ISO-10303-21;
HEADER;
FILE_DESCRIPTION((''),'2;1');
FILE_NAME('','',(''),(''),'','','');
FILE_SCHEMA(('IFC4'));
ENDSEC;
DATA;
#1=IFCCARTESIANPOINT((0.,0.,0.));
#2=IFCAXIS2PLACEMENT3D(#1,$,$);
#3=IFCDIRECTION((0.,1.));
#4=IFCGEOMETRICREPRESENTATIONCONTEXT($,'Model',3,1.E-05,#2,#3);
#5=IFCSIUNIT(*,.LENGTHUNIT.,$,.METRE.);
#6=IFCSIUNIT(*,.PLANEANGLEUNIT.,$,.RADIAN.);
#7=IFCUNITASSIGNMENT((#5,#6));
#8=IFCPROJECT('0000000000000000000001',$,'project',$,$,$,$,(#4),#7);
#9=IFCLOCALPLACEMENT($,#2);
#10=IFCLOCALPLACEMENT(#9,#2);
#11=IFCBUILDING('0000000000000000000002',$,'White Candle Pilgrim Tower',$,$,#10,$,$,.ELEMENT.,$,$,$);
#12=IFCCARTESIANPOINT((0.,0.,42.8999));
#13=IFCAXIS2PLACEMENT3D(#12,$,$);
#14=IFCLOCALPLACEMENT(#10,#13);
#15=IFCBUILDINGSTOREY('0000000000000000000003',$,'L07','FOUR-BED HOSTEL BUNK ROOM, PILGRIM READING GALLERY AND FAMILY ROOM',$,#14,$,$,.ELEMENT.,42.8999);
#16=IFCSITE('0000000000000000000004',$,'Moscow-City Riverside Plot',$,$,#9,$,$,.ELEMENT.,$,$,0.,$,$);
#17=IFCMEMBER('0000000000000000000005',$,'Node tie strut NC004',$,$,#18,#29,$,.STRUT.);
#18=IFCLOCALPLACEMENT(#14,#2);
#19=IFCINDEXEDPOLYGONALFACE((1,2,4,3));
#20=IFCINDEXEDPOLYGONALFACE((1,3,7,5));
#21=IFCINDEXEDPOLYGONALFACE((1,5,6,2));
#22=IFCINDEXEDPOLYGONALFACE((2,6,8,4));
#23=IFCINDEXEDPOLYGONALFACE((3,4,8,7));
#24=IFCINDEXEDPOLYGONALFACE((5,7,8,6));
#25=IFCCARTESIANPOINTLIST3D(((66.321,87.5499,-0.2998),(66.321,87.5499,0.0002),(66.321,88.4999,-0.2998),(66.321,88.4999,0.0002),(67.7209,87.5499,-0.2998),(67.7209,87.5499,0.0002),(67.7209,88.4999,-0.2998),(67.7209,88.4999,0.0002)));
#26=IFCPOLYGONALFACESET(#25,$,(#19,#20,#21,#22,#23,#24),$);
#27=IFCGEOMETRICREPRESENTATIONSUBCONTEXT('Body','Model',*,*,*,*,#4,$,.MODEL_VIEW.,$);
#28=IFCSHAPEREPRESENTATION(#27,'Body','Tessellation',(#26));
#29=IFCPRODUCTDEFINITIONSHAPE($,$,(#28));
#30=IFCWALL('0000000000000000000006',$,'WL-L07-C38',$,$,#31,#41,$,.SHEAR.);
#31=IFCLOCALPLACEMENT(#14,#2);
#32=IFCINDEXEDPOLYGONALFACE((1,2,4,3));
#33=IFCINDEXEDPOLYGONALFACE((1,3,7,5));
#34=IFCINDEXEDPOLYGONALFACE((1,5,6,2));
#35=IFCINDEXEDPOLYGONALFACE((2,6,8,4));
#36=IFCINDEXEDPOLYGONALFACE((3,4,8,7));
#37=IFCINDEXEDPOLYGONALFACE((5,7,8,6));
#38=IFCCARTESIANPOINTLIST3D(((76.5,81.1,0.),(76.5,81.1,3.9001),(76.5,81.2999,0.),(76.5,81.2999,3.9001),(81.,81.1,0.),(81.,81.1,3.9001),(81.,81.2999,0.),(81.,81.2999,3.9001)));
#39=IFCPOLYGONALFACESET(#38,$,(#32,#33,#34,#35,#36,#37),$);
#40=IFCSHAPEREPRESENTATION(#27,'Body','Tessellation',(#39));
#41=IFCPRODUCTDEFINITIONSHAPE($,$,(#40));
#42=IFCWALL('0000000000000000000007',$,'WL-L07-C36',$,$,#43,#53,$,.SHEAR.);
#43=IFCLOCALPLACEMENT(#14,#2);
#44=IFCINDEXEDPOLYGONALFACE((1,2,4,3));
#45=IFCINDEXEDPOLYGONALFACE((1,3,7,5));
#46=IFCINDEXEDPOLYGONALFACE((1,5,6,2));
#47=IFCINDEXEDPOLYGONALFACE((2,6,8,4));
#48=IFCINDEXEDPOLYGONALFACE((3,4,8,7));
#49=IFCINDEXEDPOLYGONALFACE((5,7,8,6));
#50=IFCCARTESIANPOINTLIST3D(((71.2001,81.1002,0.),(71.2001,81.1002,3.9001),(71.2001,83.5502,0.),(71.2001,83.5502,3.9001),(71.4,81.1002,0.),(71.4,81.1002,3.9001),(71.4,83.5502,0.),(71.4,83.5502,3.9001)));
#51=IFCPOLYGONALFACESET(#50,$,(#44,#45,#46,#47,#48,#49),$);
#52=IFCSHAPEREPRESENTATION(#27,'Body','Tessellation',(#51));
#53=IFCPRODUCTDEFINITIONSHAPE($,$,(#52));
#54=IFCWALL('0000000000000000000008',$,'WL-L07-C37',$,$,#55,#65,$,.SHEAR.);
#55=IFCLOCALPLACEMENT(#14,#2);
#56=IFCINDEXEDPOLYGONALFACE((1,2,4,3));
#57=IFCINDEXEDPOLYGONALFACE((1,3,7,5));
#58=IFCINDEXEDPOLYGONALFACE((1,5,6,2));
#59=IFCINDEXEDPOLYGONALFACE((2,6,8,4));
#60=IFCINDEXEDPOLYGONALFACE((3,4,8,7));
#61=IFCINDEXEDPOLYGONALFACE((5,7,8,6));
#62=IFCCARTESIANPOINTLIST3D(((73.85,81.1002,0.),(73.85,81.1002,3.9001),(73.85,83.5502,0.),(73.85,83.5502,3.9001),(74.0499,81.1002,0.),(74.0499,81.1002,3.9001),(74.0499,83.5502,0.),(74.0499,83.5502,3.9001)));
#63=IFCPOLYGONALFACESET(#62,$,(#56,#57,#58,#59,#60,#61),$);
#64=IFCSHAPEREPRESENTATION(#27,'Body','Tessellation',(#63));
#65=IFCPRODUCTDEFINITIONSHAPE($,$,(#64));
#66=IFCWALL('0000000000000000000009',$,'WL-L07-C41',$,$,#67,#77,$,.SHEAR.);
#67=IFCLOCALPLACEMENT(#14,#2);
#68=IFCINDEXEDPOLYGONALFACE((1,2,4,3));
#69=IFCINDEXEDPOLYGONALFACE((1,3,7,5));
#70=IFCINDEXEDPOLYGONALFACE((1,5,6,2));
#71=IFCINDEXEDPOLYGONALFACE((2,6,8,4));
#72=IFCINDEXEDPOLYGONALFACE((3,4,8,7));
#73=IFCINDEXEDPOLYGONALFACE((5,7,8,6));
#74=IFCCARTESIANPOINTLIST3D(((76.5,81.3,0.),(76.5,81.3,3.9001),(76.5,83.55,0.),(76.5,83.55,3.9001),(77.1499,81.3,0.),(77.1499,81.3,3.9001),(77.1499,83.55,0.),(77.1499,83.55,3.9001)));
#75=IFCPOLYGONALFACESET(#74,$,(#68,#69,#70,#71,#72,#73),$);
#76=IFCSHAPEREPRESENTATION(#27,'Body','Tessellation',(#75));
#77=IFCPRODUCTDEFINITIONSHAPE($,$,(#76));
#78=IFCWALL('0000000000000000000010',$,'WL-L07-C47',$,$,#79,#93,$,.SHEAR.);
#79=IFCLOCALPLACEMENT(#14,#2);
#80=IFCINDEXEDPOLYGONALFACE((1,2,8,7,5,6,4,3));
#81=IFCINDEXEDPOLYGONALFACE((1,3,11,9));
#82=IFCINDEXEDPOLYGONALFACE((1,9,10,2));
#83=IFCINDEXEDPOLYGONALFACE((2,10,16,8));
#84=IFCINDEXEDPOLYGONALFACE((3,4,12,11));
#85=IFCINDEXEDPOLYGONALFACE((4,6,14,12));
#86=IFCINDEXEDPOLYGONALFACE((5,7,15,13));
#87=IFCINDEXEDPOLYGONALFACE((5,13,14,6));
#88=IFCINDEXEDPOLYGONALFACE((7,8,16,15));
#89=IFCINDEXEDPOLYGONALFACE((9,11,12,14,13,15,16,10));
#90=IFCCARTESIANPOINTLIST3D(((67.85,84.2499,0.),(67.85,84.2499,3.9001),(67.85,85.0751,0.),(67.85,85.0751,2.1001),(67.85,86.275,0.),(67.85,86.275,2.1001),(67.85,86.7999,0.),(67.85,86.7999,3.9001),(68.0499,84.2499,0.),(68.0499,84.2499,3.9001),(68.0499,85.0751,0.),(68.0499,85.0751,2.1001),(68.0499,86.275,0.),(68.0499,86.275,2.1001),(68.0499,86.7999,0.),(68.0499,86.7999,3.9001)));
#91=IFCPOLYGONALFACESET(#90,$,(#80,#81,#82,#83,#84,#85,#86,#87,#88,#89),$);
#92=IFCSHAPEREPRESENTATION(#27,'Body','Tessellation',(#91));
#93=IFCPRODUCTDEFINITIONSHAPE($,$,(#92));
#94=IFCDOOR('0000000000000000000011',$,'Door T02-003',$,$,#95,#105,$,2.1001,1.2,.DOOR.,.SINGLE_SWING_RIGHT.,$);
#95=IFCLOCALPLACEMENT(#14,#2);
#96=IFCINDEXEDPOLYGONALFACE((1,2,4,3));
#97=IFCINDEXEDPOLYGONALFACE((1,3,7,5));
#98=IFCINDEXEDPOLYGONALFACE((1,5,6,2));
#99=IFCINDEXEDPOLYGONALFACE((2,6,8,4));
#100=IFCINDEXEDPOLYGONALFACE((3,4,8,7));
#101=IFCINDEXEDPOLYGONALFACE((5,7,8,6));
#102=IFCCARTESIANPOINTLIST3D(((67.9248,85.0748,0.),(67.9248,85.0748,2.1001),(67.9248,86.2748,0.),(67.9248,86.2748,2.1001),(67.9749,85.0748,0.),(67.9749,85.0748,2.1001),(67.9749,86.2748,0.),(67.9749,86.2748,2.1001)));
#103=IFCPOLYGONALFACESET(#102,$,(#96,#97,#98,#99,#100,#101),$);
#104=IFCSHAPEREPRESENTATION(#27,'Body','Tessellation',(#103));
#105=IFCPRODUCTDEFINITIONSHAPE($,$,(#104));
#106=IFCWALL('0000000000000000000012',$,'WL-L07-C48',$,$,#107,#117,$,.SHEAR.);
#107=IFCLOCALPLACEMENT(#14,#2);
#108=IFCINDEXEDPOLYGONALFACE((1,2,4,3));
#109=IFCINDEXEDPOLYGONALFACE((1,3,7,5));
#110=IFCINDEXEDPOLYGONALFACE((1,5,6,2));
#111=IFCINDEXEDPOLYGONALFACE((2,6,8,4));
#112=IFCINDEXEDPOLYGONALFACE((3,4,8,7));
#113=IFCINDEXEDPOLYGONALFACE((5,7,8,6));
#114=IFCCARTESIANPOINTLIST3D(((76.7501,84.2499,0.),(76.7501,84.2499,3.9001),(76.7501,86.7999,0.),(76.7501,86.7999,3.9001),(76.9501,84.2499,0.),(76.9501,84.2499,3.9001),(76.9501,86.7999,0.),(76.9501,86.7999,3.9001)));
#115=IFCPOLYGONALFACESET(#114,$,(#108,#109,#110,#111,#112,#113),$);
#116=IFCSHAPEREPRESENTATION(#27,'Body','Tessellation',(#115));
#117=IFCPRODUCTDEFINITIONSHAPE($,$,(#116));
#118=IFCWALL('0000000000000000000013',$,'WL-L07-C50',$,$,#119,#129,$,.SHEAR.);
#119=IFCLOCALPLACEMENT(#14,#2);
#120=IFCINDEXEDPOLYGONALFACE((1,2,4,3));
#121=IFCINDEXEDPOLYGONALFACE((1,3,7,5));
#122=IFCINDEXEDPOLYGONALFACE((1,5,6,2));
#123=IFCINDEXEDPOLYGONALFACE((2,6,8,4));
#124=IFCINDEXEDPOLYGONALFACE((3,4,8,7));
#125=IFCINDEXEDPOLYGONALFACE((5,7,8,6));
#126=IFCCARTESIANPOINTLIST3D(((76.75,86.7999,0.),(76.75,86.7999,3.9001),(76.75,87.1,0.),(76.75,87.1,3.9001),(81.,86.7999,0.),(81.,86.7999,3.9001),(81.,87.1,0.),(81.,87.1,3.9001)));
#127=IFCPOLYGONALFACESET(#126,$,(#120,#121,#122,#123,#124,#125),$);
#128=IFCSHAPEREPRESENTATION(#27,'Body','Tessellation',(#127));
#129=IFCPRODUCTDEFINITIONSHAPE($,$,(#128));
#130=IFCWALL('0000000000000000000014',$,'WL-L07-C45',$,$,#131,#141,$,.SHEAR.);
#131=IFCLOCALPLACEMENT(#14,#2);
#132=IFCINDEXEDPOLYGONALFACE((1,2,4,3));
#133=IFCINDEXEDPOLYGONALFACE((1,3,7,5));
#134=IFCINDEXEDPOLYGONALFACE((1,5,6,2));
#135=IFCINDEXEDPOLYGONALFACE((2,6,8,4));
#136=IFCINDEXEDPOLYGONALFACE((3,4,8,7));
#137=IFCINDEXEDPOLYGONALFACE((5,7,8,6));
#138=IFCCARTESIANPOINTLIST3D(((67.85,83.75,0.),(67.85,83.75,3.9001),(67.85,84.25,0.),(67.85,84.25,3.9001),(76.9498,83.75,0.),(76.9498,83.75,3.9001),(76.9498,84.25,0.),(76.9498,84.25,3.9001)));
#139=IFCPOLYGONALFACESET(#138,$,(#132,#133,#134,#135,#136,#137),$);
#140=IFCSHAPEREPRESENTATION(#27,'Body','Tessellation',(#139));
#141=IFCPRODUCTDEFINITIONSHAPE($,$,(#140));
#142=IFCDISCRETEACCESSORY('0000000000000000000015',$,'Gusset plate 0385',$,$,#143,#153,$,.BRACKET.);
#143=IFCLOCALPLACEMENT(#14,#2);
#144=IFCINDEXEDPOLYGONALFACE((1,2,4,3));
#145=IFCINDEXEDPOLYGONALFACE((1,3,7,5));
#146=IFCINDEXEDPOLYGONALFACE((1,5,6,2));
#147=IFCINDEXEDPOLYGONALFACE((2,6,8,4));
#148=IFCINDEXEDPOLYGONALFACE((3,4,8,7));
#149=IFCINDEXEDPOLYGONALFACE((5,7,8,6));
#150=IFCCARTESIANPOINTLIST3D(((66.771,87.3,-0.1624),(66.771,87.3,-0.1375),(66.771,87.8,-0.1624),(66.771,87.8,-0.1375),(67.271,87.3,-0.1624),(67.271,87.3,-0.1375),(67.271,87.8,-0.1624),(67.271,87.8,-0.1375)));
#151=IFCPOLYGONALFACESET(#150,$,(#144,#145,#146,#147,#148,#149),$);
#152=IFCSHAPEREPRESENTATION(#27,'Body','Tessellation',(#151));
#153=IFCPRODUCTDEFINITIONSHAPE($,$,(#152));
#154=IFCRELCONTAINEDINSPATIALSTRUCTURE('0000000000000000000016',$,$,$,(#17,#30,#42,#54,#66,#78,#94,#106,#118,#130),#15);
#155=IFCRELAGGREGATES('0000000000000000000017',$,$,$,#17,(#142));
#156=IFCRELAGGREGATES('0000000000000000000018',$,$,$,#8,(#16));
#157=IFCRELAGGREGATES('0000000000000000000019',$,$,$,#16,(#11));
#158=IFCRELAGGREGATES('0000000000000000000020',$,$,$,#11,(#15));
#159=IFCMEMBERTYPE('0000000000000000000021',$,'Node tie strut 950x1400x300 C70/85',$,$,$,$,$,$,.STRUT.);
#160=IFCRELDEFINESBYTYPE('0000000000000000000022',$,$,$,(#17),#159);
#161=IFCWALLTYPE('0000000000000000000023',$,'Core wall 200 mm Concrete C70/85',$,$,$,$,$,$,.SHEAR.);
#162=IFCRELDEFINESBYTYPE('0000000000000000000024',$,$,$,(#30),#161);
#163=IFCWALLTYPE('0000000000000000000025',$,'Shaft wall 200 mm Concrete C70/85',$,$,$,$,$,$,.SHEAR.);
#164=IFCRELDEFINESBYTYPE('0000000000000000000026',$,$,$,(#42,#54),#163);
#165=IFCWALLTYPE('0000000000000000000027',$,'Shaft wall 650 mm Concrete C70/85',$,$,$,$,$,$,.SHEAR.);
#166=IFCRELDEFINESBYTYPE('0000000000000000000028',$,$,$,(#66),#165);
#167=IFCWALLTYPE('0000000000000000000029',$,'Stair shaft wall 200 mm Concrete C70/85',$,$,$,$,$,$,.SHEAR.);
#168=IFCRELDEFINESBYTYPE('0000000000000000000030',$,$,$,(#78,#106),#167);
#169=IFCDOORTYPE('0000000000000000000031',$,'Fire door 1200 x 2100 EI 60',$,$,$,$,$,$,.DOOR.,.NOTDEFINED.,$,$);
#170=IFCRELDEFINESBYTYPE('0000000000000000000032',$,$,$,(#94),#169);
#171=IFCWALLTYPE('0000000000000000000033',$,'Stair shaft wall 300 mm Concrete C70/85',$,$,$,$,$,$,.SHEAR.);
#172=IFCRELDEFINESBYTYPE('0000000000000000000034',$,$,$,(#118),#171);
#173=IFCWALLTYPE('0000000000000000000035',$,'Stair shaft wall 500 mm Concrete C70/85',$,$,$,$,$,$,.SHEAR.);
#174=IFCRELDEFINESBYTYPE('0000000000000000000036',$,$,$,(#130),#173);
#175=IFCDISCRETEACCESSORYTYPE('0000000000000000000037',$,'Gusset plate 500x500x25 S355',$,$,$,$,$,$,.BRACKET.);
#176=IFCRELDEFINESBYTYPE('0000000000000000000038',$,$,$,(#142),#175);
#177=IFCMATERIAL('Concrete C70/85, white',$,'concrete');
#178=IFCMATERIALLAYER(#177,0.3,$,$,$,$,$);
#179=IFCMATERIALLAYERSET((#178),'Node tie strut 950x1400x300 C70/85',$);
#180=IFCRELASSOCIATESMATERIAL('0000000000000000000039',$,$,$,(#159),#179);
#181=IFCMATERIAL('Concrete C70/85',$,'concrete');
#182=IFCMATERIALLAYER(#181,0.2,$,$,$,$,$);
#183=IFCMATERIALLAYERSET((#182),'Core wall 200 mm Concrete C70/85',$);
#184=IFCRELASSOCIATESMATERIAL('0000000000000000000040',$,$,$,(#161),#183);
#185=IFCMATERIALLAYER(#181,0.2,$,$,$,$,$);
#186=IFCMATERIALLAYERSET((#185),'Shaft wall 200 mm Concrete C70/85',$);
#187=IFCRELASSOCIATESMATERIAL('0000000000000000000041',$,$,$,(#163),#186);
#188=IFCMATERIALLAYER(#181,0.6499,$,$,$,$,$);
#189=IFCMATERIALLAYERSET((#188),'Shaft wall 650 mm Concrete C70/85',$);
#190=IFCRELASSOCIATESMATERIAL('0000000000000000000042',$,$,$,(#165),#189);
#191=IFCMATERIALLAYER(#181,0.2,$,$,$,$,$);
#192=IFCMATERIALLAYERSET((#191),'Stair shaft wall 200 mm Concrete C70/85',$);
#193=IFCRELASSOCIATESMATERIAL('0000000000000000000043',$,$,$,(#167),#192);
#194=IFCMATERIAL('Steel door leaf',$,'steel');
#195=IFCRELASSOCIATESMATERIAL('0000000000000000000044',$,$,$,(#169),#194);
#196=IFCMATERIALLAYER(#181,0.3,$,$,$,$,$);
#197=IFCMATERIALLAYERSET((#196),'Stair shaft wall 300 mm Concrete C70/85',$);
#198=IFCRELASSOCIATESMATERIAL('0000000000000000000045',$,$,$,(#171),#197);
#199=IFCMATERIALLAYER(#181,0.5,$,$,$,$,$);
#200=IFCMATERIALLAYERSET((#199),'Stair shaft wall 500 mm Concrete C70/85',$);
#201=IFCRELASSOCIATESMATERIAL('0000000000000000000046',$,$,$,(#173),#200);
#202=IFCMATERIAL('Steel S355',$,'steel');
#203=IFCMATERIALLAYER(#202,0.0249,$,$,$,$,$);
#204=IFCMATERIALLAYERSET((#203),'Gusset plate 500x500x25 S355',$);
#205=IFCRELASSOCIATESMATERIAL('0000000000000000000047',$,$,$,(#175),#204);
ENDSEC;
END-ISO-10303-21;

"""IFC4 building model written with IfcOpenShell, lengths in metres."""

from ifc_helpers import new_model, si_unit, direction, frame, frame_2d, origin, origin_2d, place, context, subcontext, project, spatial, rectangle, extrude, material, layer, layer_set, type_object, element, fill, aggregate, save


model = new_model("IFC4")

# Units and contexts
model_context = context("Model", 3, precision=1e-05, world=origin(), true_north=direction((0.0, 1.0)))
body_context = subcontext(model_context, "Body", "Model", "MODEL_VIEW")
ifc_project = project(units=[si_unit("LENGTHUNIT", "METRE"), si_unit("PLANEANGLEUNIT", "RADIAN")], contexts=[model_context])

# Site, building, storey
site_placement = place(None, origin())
site = spatial("IfcSite", under=ifc_project, at=site_placement, Name="Moscow-City Riverside Plot", CompositionType="ELEMENT", RefElevation=0.0)
building_placement = place(site_placement, origin())
building = spatial("IfcBuilding", under=site, at=building_placement, Name="White Candle Pilgrim Tower", CompositionType="ELEMENT")
storey_placement = place(building_placement, frame((0.0, 0.0, 42.8999)))
storey = spatial("IfcBuildingStorey", under=building, at=storey_placement, Name="L07", Description="FOUR-BED HOSTEL BUNK ROOM, PILGRIM READING GALLERY AND FAMILY ROOM", CompositionType="ELEMENT", Elevation=42.8999)

# Member
ifc_material_1 = material(Name="Concrete C70/85, white", Category="concrete")
ifc_layer_1 = layer(ifc_material_1, 0.3)
ifc_layer_set_1 = layer_set([ifc_layer_1], Name="Node tie strut 950x1400x300 C70/85")
member_type = type_object("IfcMemberType", Name="Node tie strut 950x1400x300 C70/85", PredefinedType="STRUT", material=ifc_layer_set_1)
member_placement = place(storey_placement, frame((67.021, 88.0249, -0.2998), z_axis=(0.0, 0.0, 1.0), x_axis=(-1.0, 0.0, 0.0)))
member = element("IfcMember", 1, at=member_placement, inside=storey, type_object=member_type, Name="Node tie strut NC004", PredefinedType="STRUT", context=body_context, shape_type="SweptSolid", body=[
    extrude(rectangle(XDim=1.3999, YDim=0.95, at=origin_2d()), origin(), (0.0, 0.0, 1.0), 0.3),
])

# Walls
ifc_material_2 = material(Name="Concrete C70/85", Category="concrete")
ifc_layer_2 = layer(ifc_material_2, 0.2)
ifc_layer_set_2 = layer_set([ifc_layer_2], Name="Core wall 200 mm Concrete C70/85")
wall_type_1 = type_object("IfcWallType", Name="Core wall 200 mm Concrete C70/85", PredefinedType="SHEAR", material=ifc_layer_set_2)
wall_1_placement = place(storey_placement, frame((76.5, 81.2, 0.0), z_axis=(0.0, 0.0, 1.0), x_axis=(1.0, 0.0, 0.0)))
element("IfcWall", 2, at=wall_1_placement, inside=storey, type_object=wall_type_1, Name="WL-L07-C38", PredefinedType="SHEAR", context=body_context, shape_type="SweptSolid", body=[
    extrude(rectangle(XDim=4.5, YDim=0.2, at=frame_2d((2.25, 0.0))), origin(), (0.0, 0.0, 1.0), 3.9001),
])
ifc_layer_3 = layer(ifc_material_2, 0.2)
ifc_layer_set_3 = layer_set([ifc_layer_3], Name="Shaft wall 200 mm Concrete C70/85")
wall_type_2 = type_object("IfcWallType", Name="Shaft wall 200 mm Concrete C70/85", PredefinedType="SHEAR", material=ifc_layer_set_3)
for number, where, z_axis, x_axis, name in (
    (3, (71.3, 81.1001, 0.0), (0.0, 0.0, 1.0), (0.0, 1.0, 0.0), "WL-L07-C36"),
    (4, (73.95, 81.1001, 0.0), (0.0, 0.0, 1.0), (0.0, 1.0, 0.0), "WL-L07-C37"),
):
    element("IfcWall", number, at=place(storey_placement, frame(where, z_axis=z_axis, x_axis=x_axis)), inside=storey, type_object=wall_type_2, Name=name, PredefinedType="SHEAR", context=body_context, shape_type="SweptSolid", body=[
        extrude(rectangle(XDim=2.45, YDim=0.2, at=frame_2d((1.2251, 0.0))), origin(), (0.0, 0.0, 1.0), 3.9001),
    ])
ifc_layer_4 = layer(ifc_material_2, 0.6499)
ifc_layer_set_4 = layer_set([ifc_layer_4], Name="Shaft wall 650 mm Concrete C70/85")
wall_type_3 = type_object("IfcWallType", Name="Shaft wall 650 mm Concrete C70/85", PredefinedType="SHEAR", material=ifc_layer_set_4)
wall_2_placement = place(storey_placement, frame((76.825, 81.3, 0.0), z_axis=(0.0, 0.0, 1.0), x_axis=(0.0, 1.0, 0.0)))
element("IfcWall", 5, at=wall_2_placement, inside=storey, type_object=wall_type_3, Name="WL-L07-C41", PredefinedType="SHEAR", context=body_context, shape_type="SweptSolid", body=[
    extrude(rectangle(XDim=2.25, YDim=0.6499, at=frame_2d((1.125, 0.0))), origin(), (0.0, 0.0, 1.0), 3.9001),
])

# Wall, opening, door
ifc_layer_5 = layer(ifc_material_2, 0.2)
ifc_layer_set_5 = layer_set([ifc_layer_5], Name="Stair shaft wall 200 mm Concrete C70/85")
wall_type_4 = type_object("IfcWallType", Name="Stair shaft wall 200 mm Concrete C70/85", PredefinedType="SHEAR", material=ifc_layer_set_5)
wall_3_placement = place(storey_placement, frame((67.95, 84.25, 0.0), z_axis=(0.0, 0.0, 1.0), x_axis=(0.0, 1.0, 0.0)))
wall_3 = element("IfcWall", 6, at=wall_3_placement, inside=storey, type_object=wall_type_4, Name="WL-L07-C47", PredefinedType="SHEAR", context=body_context, shape_type="SweptSolid", body=[
    extrude(rectangle(XDim=2.55, YDim=0.2, at=frame_2d((1.2749, 0.0))), origin(), (0.0, 0.0, 1.0), 3.9001),
])
opening_placement = place(wall_3_placement, frame((0.825, 0.0, 0.0)))
opening = element("IfcOpeningElement", 7, at=opening_placement, cuts=wall_3, PredefinedType="OPENING", context=body_context, shape_type="SweptSolid", body=[
    extrude(rectangle(XDim=1.2, YDim=2.1001, at=frame_2d((0.6001, 1.05))), frame((0.0, 0.1099, 0.0), z_axis=(0.0, -1.0, 0.0), x_axis=(1.0, 0.0, 0.0)), (0.0, 0.0, 1.0), 0.22),
])
ifc_material_3 = material(Name="Steel door leaf", Category="steel")
door_type = type_object("IfcDoorType", Name="Fire door 1200 x 2100 EI 60", OperationType="NOTDEFINED", PredefinedType="DOOR", material=ifc_material_3)
door_placement = place(opening_placement, frame((1.2, 0.0, 0.0), z_axis=(0.0, 0.0, 1.0), x_axis=(-1.0, 0.0, 0.0)))
door = element("IfcDoor", 8, at=door_placement, inside=storey, type_object=door_type, Name="Door T02-003", OperationType="SINGLE_SWING_RIGHT", OverallHeight=2.1001, OverallWidth=1.2, PredefinedType="DOOR", context=body_context, shape_type="SweptSolid", body=[
    extrude(rectangle(XDim=1.2, YDim=2.1001, at=frame_2d((0.6001, 1.05))), frame((0.0, 0.0249, 0.0), z_axis=(0.0, -1.0, 0.0), x_axis=(1.0, 0.0, 0.0)), (0.0, 0.0, 1.0), 0.05),
])
fill(opening, door)

# Walls
wall_4_placement = place(storey_placement, frame((76.8501, 84.25, 0.0), z_axis=(0.0, 0.0, 1.0), x_axis=(0.0, 1.0, 0.0)))
element("IfcWall", 9, at=wall_4_placement, inside=storey, type_object=wall_type_4, Name="WL-L07-C48", PredefinedType="SHEAR", context=body_context, shape_type="SweptSolid", body=[
    extrude(rectangle(XDim=2.55, YDim=0.2, at=frame_2d((1.2749, 0.0))), origin(), (0.0, 0.0, 1.0), 3.9001),
])
ifc_layer_6 = layer(ifc_material_2, 0.3)
ifc_layer_set_6 = layer_set([ifc_layer_6], Name="Stair shaft wall 300 mm Concrete C70/85")
wall_type_5 = type_object("IfcWallType", Name="Stair shaft wall 300 mm Concrete C70/85", PredefinedType="SHEAR", material=ifc_layer_set_6)
wall_5_placement = place(storey_placement, frame((76.75, 86.95, 0.0), z_axis=(0.0, 0.0, 1.0), x_axis=(1.0, 0.0, 0.0)))
element("IfcWall", 10, at=wall_5_placement, inside=storey, type_object=wall_type_5, Name="WL-L07-C50", PredefinedType="SHEAR", context=body_context, shape_type="SweptSolid", body=[
    extrude(rectangle(XDim=4.25, YDim=0.3, at=frame_2d((2.125, 0.0))), origin(), (0.0, 0.0, 1.0), 3.9001),
])
ifc_layer_7 = layer(ifc_material_2, 0.5)
ifc_layer_set_7 = layer_set([ifc_layer_7], Name="Stair shaft wall 500 mm Concrete C70/85")
wall_type_6 = type_object("IfcWallType", Name="Stair shaft wall 500 mm Concrete C70/85", PredefinedType="SHEAR", material=ifc_layer_set_7)
wall_6_placement = place(storey_placement, frame((67.8501, 84.0, 0.0), z_axis=(0.0, 0.0, 1.0), x_axis=(1.0, 0.0, 0.0)))
element("IfcWall", 11, at=wall_6_placement, inside=storey, type_object=wall_type_6, Name="WL-L07-C45", PredefinedType="SHEAR", context=body_context, shape_type="SweptSolid", body=[
    extrude(rectangle(XDim=9.0999, YDim=0.5, at=frame_2d((4.5498, 0.0))), origin(), (0.0, 0.0, 1.0), 3.9001),
])

# Discrete accessory
ifc_material_4 = material(Name="Steel S355", Category="steel")
ifc_layer_8 = layer(ifc_material_4, 0.0249)
ifc_layer_set_8 = layer_set([ifc_layer_8], Name="Gusset plate 500x500x25 S355")
discrete_accessory_type = type_object("IfcDiscreteAccessoryType", Name="Gusset plate 500x500x25 S355", PredefinedType="BRACKET", material=ifc_layer_set_8)
discrete_accessory_placement = place(storey_placement, frame((67.021, 87.55, -0.1624), z_axis=(0.0, 0.0, 1.0), x_axis=(1.0, 0.0, 0.0)))
discrete_accessory = element("IfcDiscreteAccessory", 12, at=discrete_accessory_placement, type_object=discrete_accessory_type, Name="Gusset plate 0385", PredefinedType="BRACKET", context=body_context, shape_type="SweptSolid", body=[
    extrude(rectangle(XDim=0.5, YDim=0.5, at=origin_2d()), origin(), (0.0, 0.0, 1.0), 0.0249),
])
aggregate(member, [discrete_accessory])

save(model, "model.ifc")
